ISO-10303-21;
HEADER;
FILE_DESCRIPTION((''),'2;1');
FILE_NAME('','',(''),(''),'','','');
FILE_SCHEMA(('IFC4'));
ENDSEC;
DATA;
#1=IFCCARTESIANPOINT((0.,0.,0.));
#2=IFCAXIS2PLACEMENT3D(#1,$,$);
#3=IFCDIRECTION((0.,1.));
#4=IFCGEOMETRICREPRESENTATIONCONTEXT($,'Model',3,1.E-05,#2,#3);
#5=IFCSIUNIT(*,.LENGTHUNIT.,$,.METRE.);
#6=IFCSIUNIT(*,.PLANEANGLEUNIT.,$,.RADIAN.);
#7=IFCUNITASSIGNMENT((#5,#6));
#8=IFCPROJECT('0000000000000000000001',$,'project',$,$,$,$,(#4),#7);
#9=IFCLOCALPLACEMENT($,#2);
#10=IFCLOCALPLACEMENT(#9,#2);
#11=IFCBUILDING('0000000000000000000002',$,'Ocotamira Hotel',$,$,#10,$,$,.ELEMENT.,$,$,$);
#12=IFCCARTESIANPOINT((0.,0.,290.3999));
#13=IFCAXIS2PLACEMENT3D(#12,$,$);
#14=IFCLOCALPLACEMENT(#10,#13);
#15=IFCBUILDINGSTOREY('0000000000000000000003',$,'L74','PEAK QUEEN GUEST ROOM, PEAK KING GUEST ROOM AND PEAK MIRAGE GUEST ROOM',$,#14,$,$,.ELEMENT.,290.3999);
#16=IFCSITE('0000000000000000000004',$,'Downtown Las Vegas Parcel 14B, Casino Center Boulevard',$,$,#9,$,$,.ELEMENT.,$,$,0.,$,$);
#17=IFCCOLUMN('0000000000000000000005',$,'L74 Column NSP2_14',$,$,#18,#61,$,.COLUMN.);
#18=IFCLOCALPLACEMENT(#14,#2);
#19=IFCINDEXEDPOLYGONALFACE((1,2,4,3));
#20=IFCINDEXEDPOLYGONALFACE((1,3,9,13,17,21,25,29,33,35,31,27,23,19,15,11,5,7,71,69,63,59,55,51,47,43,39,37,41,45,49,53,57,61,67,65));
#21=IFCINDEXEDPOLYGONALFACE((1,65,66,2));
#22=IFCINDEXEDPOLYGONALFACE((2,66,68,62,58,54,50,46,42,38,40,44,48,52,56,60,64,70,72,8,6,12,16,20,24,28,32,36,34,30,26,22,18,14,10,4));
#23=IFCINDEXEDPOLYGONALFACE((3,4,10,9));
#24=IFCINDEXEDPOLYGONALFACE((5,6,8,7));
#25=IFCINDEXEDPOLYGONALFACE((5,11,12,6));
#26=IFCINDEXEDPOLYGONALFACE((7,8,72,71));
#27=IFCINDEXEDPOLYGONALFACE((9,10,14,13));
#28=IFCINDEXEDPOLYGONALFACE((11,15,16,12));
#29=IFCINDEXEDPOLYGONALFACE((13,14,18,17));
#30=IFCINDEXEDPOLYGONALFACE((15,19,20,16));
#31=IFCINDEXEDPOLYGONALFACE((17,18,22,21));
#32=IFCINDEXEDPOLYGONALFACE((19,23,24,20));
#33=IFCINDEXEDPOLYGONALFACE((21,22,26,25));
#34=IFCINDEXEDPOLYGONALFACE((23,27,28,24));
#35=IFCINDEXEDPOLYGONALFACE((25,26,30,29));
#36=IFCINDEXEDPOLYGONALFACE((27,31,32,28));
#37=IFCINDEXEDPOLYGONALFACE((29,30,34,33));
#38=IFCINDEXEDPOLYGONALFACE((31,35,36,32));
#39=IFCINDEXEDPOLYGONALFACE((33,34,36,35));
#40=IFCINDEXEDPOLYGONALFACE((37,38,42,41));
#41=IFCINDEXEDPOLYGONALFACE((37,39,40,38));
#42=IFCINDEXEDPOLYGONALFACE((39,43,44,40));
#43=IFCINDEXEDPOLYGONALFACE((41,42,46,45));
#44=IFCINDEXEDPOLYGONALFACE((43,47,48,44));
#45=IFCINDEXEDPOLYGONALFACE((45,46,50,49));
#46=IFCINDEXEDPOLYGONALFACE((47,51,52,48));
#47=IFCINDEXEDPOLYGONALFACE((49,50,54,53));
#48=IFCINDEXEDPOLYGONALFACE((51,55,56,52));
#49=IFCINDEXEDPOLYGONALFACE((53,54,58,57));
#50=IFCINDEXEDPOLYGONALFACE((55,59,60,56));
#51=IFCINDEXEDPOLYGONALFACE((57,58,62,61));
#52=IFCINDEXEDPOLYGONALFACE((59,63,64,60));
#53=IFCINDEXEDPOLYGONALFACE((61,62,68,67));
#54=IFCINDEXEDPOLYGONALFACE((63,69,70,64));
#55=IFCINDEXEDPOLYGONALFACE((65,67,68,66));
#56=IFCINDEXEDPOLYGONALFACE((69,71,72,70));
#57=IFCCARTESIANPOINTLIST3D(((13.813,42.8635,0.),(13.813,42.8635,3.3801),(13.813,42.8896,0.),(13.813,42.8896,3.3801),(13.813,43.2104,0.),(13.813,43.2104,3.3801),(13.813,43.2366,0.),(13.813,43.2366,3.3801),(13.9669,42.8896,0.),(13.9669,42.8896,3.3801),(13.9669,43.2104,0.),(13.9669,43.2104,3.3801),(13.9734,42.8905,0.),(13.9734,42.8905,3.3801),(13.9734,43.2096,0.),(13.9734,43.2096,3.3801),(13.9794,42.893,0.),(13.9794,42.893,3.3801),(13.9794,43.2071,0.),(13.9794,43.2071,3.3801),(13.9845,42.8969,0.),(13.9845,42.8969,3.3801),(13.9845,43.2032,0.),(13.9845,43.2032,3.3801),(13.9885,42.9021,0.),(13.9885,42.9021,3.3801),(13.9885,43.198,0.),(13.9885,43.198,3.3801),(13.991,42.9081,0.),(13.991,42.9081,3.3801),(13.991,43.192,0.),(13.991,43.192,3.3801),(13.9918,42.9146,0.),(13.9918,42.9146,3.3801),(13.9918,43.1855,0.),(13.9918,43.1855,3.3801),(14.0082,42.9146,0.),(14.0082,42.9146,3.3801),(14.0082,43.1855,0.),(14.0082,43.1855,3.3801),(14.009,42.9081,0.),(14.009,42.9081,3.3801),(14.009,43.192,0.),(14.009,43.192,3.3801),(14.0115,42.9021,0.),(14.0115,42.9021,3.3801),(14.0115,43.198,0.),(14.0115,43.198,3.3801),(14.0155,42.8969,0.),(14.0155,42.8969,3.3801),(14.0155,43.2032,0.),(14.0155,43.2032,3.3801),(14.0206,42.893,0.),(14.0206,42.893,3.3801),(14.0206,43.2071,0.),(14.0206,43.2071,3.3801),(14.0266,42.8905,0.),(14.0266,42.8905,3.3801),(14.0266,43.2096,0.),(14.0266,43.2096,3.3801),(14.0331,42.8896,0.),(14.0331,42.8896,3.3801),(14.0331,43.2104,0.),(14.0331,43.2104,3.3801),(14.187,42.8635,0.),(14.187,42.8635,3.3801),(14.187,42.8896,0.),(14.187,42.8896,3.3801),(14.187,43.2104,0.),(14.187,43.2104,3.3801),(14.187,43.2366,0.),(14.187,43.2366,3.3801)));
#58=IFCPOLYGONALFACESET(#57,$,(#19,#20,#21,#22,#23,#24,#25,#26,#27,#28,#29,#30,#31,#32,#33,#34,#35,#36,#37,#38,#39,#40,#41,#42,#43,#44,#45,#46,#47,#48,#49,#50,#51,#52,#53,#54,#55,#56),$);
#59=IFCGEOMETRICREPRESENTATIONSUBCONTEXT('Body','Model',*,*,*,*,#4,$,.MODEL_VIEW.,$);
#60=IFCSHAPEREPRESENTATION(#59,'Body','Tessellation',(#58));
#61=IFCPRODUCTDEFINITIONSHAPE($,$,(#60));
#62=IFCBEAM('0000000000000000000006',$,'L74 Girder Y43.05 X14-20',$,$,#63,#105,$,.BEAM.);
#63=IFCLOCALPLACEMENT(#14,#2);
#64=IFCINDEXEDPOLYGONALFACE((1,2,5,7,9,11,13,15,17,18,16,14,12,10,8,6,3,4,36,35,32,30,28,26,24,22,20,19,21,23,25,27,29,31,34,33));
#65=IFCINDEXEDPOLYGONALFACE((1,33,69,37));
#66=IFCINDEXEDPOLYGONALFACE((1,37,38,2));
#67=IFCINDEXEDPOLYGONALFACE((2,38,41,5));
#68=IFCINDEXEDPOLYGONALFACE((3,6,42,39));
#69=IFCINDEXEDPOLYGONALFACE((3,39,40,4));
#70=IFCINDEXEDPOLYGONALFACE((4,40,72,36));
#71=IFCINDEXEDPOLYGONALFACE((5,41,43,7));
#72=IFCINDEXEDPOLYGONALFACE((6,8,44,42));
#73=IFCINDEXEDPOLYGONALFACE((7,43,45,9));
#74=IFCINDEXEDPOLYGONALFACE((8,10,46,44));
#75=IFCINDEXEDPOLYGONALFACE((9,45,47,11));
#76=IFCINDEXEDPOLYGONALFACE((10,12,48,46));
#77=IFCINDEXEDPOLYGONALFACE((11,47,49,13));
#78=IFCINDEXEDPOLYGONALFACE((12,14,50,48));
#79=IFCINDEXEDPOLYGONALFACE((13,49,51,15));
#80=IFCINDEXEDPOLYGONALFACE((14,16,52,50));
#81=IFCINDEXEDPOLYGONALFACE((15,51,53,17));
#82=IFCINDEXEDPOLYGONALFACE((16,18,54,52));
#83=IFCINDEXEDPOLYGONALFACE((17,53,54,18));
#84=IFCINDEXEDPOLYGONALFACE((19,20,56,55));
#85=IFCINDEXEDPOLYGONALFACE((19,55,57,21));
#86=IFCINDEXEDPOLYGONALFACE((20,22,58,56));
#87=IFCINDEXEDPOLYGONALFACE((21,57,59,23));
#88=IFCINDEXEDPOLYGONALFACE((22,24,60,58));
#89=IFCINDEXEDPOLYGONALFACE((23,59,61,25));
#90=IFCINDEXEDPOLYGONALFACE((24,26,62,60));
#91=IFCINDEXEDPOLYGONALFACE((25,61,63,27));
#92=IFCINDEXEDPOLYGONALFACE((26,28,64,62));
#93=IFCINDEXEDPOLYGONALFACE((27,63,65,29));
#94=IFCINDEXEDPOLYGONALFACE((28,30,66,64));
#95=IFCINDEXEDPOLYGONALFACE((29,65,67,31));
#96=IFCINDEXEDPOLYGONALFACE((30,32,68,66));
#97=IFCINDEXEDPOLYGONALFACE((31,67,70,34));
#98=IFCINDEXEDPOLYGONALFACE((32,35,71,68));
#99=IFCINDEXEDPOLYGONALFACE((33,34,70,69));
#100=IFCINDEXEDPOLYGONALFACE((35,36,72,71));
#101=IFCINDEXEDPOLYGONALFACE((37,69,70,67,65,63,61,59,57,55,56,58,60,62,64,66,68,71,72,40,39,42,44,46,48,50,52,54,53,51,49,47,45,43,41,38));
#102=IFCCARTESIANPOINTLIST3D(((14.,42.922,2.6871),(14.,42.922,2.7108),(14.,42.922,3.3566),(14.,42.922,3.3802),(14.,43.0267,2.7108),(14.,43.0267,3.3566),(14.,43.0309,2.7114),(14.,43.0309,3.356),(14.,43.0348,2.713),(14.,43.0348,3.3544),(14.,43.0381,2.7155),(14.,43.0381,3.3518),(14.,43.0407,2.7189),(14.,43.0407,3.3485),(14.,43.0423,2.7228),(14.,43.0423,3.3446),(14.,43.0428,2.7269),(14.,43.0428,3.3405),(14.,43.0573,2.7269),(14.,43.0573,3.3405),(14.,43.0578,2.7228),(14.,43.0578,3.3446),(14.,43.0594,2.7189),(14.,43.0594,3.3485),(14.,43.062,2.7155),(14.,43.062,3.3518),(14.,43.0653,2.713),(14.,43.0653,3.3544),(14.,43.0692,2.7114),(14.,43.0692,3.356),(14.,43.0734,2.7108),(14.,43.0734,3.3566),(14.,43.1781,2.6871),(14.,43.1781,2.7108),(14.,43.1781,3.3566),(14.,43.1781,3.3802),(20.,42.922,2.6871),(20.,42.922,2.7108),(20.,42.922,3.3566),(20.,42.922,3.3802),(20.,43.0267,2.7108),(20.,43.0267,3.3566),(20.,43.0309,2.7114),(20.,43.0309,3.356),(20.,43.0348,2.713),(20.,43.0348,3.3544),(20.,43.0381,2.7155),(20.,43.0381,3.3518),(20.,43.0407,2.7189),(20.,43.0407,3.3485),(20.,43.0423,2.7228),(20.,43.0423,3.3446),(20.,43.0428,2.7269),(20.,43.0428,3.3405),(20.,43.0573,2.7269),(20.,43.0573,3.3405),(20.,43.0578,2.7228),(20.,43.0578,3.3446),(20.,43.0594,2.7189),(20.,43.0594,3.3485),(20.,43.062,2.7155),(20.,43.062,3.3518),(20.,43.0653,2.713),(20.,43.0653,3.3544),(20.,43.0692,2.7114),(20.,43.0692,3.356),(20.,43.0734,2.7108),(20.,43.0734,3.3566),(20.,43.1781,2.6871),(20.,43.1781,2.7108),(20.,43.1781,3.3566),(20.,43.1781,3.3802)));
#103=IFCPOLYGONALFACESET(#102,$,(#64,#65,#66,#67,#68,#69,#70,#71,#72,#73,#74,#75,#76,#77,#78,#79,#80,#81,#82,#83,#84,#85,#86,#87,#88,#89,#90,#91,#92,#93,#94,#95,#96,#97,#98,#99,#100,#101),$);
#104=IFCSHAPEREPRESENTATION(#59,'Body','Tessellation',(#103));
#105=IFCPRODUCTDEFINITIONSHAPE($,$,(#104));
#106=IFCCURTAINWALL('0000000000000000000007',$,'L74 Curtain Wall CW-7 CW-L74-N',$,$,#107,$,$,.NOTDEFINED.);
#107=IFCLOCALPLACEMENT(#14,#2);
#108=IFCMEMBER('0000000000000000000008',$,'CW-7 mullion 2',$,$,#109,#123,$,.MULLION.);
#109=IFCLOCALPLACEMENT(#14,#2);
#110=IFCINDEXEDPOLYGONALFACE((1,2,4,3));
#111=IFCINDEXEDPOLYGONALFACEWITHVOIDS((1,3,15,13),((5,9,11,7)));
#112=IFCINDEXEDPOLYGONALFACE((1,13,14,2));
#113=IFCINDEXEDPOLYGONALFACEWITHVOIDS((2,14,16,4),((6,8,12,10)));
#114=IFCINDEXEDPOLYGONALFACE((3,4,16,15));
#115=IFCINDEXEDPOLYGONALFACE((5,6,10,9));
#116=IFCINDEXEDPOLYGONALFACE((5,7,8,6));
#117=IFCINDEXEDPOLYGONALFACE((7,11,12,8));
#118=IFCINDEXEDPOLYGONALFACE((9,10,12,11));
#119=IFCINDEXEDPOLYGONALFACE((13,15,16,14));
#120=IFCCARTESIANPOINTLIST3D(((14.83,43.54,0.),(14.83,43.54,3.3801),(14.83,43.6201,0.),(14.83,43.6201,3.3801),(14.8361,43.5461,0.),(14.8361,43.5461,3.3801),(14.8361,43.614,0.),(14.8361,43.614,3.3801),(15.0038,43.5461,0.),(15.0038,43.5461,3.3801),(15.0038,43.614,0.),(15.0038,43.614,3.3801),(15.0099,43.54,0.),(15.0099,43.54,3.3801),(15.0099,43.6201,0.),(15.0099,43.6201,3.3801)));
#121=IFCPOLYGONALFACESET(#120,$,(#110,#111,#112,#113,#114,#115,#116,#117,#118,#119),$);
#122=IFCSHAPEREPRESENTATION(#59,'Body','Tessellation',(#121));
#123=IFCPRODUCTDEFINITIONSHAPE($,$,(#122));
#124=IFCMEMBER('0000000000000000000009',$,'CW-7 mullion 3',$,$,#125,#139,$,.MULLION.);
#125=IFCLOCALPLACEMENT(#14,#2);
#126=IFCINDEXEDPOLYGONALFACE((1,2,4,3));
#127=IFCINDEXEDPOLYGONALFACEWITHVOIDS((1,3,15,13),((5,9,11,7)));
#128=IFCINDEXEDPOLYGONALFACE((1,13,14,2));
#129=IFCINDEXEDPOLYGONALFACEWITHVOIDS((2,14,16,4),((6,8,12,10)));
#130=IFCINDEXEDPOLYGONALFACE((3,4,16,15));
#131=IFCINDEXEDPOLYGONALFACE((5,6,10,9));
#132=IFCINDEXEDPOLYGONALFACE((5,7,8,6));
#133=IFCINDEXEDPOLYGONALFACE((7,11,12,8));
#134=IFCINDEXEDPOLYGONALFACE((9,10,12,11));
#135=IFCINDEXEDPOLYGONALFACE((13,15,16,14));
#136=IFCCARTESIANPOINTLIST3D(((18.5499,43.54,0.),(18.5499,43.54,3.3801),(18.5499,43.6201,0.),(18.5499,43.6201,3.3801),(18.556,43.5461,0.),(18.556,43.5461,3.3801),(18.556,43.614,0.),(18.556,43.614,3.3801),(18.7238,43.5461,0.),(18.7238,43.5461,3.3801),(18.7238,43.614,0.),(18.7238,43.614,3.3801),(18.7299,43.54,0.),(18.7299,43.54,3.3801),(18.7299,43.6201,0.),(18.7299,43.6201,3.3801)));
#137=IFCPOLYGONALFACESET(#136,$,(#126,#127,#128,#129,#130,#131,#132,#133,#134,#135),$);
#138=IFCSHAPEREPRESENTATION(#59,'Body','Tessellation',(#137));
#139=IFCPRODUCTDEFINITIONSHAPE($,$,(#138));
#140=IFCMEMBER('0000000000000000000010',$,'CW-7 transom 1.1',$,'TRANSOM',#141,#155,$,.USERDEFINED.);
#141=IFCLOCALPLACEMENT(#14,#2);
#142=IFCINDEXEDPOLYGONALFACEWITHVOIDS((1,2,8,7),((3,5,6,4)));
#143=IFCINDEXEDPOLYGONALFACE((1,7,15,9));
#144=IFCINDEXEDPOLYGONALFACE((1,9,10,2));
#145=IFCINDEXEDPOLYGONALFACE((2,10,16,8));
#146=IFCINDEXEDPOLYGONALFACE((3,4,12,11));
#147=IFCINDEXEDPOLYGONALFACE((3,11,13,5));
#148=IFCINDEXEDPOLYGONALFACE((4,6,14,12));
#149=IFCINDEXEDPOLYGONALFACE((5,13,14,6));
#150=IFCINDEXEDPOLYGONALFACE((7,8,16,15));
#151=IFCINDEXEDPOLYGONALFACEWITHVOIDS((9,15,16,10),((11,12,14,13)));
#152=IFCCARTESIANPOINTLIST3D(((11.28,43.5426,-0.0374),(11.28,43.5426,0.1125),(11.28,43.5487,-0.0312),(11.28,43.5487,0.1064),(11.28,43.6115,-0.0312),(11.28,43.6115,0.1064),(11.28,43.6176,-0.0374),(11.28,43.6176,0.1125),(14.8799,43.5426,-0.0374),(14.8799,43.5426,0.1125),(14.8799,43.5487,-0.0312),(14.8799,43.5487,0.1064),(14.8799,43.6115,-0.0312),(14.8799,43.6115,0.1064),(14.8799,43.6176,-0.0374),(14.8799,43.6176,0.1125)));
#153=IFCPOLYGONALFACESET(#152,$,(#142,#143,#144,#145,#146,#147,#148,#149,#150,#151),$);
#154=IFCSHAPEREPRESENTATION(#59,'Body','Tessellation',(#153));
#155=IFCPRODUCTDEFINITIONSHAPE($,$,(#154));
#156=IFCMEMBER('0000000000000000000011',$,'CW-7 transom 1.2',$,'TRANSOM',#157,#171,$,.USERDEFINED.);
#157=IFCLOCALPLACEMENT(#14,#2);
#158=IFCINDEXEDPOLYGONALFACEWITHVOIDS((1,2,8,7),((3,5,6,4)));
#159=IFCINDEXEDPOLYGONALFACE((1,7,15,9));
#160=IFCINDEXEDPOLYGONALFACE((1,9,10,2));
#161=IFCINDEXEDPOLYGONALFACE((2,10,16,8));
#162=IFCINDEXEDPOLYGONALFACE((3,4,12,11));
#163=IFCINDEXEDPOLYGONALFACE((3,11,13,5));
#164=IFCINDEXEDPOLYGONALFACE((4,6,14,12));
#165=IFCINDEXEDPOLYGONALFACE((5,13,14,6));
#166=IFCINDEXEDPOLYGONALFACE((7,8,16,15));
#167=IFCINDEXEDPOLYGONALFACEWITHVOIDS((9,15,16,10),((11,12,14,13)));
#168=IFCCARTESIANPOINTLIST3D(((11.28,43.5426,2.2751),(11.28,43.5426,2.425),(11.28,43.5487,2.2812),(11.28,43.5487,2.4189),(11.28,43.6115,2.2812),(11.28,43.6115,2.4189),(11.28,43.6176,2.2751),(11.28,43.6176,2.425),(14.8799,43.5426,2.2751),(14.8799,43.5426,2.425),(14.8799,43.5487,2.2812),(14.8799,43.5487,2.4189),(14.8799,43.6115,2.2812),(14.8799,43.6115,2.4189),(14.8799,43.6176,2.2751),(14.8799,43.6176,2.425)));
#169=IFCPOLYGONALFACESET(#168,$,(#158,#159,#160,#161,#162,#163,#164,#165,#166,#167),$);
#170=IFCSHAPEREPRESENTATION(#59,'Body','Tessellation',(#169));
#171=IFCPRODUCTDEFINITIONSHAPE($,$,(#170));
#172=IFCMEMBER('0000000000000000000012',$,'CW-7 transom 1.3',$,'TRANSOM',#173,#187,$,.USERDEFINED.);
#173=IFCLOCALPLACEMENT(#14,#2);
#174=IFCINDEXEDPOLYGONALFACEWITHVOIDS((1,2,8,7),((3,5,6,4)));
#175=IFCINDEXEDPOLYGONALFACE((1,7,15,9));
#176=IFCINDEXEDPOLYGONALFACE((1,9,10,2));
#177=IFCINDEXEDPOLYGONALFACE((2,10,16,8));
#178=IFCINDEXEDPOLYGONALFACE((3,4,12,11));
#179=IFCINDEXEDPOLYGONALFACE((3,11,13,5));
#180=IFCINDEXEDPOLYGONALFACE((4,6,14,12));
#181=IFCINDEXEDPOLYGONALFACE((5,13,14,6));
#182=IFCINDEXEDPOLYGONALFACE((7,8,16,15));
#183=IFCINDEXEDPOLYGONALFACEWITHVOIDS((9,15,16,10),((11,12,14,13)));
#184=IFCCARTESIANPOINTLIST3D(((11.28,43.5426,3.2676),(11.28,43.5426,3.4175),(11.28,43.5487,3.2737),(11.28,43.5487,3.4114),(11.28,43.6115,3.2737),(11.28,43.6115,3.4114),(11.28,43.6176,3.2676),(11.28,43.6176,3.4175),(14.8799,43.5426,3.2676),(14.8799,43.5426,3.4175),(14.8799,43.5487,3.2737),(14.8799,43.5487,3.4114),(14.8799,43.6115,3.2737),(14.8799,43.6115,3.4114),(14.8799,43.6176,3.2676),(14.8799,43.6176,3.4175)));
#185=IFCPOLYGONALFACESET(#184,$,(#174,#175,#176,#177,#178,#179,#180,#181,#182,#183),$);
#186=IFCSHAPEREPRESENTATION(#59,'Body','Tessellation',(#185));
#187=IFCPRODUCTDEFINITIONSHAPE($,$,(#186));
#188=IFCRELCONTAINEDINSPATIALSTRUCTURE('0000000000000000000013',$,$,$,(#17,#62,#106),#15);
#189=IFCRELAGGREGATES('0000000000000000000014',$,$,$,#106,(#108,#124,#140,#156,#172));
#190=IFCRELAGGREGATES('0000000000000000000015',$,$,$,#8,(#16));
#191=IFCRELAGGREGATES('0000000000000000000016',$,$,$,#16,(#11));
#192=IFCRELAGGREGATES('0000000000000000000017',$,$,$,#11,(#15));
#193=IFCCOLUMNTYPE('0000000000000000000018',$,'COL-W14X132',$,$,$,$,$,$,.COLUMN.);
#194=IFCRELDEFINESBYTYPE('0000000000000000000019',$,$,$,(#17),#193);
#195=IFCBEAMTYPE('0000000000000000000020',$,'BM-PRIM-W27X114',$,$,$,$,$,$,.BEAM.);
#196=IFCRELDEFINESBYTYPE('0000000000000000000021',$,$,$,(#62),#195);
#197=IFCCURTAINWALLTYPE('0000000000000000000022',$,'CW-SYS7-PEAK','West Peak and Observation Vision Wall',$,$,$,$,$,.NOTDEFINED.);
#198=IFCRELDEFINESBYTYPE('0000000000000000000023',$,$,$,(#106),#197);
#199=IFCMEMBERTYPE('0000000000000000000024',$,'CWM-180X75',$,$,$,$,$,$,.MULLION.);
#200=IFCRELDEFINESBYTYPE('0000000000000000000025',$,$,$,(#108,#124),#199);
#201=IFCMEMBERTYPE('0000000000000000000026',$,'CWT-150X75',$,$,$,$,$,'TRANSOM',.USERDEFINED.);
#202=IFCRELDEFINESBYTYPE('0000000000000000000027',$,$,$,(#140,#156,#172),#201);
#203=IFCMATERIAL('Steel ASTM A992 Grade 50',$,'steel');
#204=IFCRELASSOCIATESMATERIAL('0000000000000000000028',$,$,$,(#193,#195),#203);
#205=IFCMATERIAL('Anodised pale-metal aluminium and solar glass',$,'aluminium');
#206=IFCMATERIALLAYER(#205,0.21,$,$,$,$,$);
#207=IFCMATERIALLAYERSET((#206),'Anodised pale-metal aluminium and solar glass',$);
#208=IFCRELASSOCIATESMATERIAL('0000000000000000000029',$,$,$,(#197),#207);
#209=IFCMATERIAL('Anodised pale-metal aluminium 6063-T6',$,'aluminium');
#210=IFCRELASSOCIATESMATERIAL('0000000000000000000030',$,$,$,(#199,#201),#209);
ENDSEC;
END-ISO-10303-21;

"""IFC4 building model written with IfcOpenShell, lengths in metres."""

from ifc_helpers import new_model, si_unit, direction, frame, origin, origin_2d, place, context, subcontext, project, spatial, hollow_rectangle, i_section, extrude, source, transform, mapped, material, layer, layer_set, material_profile, profile_set, type_object, element, aggregate, save


model = new_model("IFC4")

# Units and contexts
model_context = context("Model", 3, precision=1e-05, world=origin(), true_north=direction((0.0, 1.0)))
body_context = subcontext(model_context, "Body", "Model", "MODEL_VIEW")
ifc_project = project(units=[si_unit("LENGTHUNIT", "METRE"), si_unit("PLANEANGLEUNIT", "RADIAN")], contexts=[model_context])

# Site, building, storey
site_placement = place(None, origin())
site = spatial("IfcSite", under=ifc_project, at=site_placement, Name="Downtown Las Vegas Parcel 14B, Casino Center Boulevard", CompositionType="ELEMENT", RefElevation=0.0)
building_placement = place(site_placement, origin())
building = spatial("IfcBuilding", under=site, at=building_placement, Name="Ocotamira Hotel", CompositionType="ELEMENT")
storey_placement = place(building_placement, frame((0.0, 0.0, 290.3999)))
storey = spatial("IfcBuildingStorey", under=building, at=storey_placement, Name="L74", Description="PEAK QUEEN GUEST ROOM, PEAK KING GUEST ROOM AND PEAK MIRAGE GUEST ROOM", CompositionType="ELEMENT", Elevation=290.3999)

# Column
ifc_material_1 = material(Name="Steel ASTM A992 Grade 50", Category="steel")
ifc_material_profile_1 = material_profile(ifc_material_1, i_section(OverallWidth=0.374, OverallDepth=0.373, WebThickness=0.0164, FlangeThickness=0.0261, FilletRadius=0.0249, at=origin_2d()), Name="W14X132")
ifc_profile_set_1 = profile_set([ifc_material_profile_1], Name="Steel ASTM A992 Grade 50")
column_type = type_object("IfcColumnType", Name="COL-W14X132", PredefinedType="COLUMN", material=ifc_profile_set_1)
shared_shape_1 = source(origin(), body_context, "Body", "SweptSolid", [
    extrude(i_section(OverallWidth=0.374, OverallDepth=0.373, WebThickness=0.0164, FlangeThickness=0.0261, FilletRadius=0.0249, at=origin_2d()), origin(), (0.0, 0.0, 1.0), 3.3801),
])
column_placement = place(storey_placement, frame((14.0, 43.05, 0.0), z_axis=(0.0, 0.0, 1.0), x_axis=(1.0, 0.0, 0.0)))
element("IfcColumn", 1, at=column_placement, inside=storey, type_object=column_type, Name="L74 Column NSP2_14", PredefinedType="COLUMN", context=body_context, shape_type="MappedRepresentation", body=[
    mapped(shared_shape_1, transform((0.0, 0.0, 0.0), scale=1.0)),
])

# Beam
ifc_material_profile_2 = material_profile(ifc_material_1, i_section(OverallWidth=0.2561, OverallDepth=0.6931, WebThickness=0.0144, FlangeThickness=0.0237, FilletRadius=0.0161, at=origin_2d()), Name="W27X114")
ifc_profile_set_2 = profile_set([ifc_material_profile_2], Name="Steel ASTM A992 Grade 50")
beam_type = type_object("IfcBeamType", Name="BM-PRIM-W27X114", PredefinedType="BEAM", material=ifc_profile_set_2)
shared_shape_2 = source(origin(), body_context, "Body", "SweptSolid", [
    extrude(i_section(OverallWidth=0.2561, OverallDepth=0.6931, WebThickness=0.0144, FlangeThickness=0.0237, FilletRadius=0.0161, at=origin_2d()), origin(), (0.0, 0.0, 1.0), 6.0),
])
beam_placement = place(storey_placement, frame((14.0, 43.05, 3.0337), z_axis=(1.0, 0.0, 0.0), x_axis=(0.0, 1.0, 0.0)))
element("IfcBeam", 2, at=beam_placement, inside=storey, type_object=beam_type, Name="L74 Girder Y43.05 X14-20", PredefinedType="BEAM", context=body_context, shape_type="MappedRepresentation", body=[
    mapped(shared_shape_2, transform((0.0, 0.0, 0.0), scale=1.0)),
])

# Curtain wall, members
ifc_material_2 = material(Name="Anodised pale-metal aluminium and solar glass", Category="aluminium")
ifc_layer_1 = layer(ifc_material_2, 0.21)
ifc_layer_set_1 = layer_set([ifc_layer_1], Name="Anodised pale-metal aluminium and solar glass")
curtain_wall_type = type_object("IfcCurtainWallType", Name="CW-SYS7-PEAK", Description="West Peak and Observation Vision Wall", PredefinedType="NOTDEFINED", material=ifc_layer_set_1)
curtain_wall_placement = place(storey_placement, origin())
curtain_wall = element("IfcCurtainWall", 3, at=curtain_wall_placement, inside=storey, type_object=curtain_wall_type, Name="L74 Curtain Wall CW-7 CW-L74-N", PredefinedType="NOTDEFINED")
ifc_material_3 = material(Name="Anodised pale-metal aluminium 6063-T6", Category="aluminium")
ifc_material_profile_3 = material_profile(ifc_material_3, hollow_rectangle(XDim=0.0801, YDim=0.1799, WallThickness=0.0061, at=origin_2d()), Name="HSS180X80X6")
ifc_profile_set_3 = profile_set([ifc_material_profile_3], Name="Anodised pale-metal aluminium 6063-T6")
member_type_1 = type_object("IfcMemberType", Name="CWM-180X75", PredefinedType="MULLION", material=ifc_profile_set_3)
shared_shape_3 = source(origin(), body_context, "Body", "SweptSolid", [
    extrude(hollow_rectangle(XDim=0.0801, YDim=0.1799, WallThickness=0.0061, at=origin_2d()), origin(), (0.0, 0.0, 1.0), 3.3801),
])
member_1_placement = place(storey_placement, frame((14.9199, 43.5801, 0.0), z_axis=(0.0, 0.0, 1.0), x_axis=(0.0, 1.0, 0.0)))
member_1 = element("IfcMember", 4, at=member_1_placement, type_object=member_type_1, Name="CW-7 mullion 2", PredefinedType="MULLION", context=body_context, shape_type="MappedRepresentation", body=[
    mapped(shared_shape_3, transform((0.0, 0.0, 0.0), scale=1.0)),
])
member_2_placement = place(storey_placement, frame((18.6399, 43.5801, 0.0), z_axis=(0.0, 0.0, 1.0), x_axis=(0.0, 1.0, 0.0)))
member_2 = element("IfcMember", 5, at=member_2_placement, type_object=member_type_1, Name="CW-7 mullion 3", PredefinedType="MULLION", context=body_context, shape_type="MappedRepresentation", body=[
    mapped(shared_shape_3, transform((0.0, 0.0, 0.0), scale=1.0)),
])
ifc_material_profile_4 = material_profile(ifc_material_3, hollow_rectangle(XDim=0.075, YDim=0.1499, WallThickness=0.0061, at=origin_2d()), Name="HSS150X75X6")
ifc_profile_set_4 = profile_set([ifc_material_profile_4], Name="Anodised pale-metal aluminium 6063-T6")
member_type_2 = type_object("IfcMemberType", Name="CWT-150X75", ElementType="TRANSOM", PredefinedType="USERDEFINED", material=ifc_profile_set_4)
shared_shape_4 = source(origin(), body_context, "Body", "SweptSolid", [
    extrude(hollow_rectangle(XDim=0.075, YDim=0.1499, WallThickness=0.0061, at=origin_2d()), origin(), (0.0, 0.0, 1.0), 3.5999),
])
member_3_placement = place(storey_placement, frame((11.28, 43.5801, 0.0376), z_axis=(1.0, 0.0, 0.0), x_axis=(0.0, 1.0, 0.0)))
member_3 = element("IfcMember", 6, at=member_3_placement, type_object=member_type_2, Name="CW-7 transom 1.1", ObjectType="TRANSOM", PredefinedType="USERDEFINED", context=body_context, shape_type="MappedRepresentation", body=[
    mapped(shared_shape_4, transform((0.0, 0.0, 0.0), scale=1.0)),
])
member_4_placement = place(storey_placement, frame((11.28, 43.5801, 2.3501), z_axis=(1.0, 0.0, 0.0), x_axis=(0.0, 1.0, 0.0)))
member_4 = element("IfcMember", 7, at=member_4_placement, type_object=member_type_2, Name="CW-7 transom 1.2", ObjectType="TRANSOM", PredefinedType="USERDEFINED", context=body_context, shape_type="MappedRepresentation", body=[
    mapped(shared_shape_4, transform((0.0, 0.0, 0.0), scale=1.0)),
])
member_5_placement = place(storey_placement, frame((11.28, 43.5801, 3.3425), z_axis=(1.0, 0.0, 0.0), x_axis=(0.0, 1.0, 0.0)))
member_5 = element("IfcMember", 8, at=member_5_placement, type_object=member_type_2, Name="CW-7 transom 1.3", ObjectType="TRANSOM", PredefinedType="USERDEFINED", context=body_context, shape_type="MappedRepresentation", body=[
    mapped(shared_shape_4, transform((0.0, 0.0, 0.0), scale=1.0)),
])
aggregate(curtain_wall, [member_1, member_2, member_3, member_4, member_5])

save(model, "model.ifc")
